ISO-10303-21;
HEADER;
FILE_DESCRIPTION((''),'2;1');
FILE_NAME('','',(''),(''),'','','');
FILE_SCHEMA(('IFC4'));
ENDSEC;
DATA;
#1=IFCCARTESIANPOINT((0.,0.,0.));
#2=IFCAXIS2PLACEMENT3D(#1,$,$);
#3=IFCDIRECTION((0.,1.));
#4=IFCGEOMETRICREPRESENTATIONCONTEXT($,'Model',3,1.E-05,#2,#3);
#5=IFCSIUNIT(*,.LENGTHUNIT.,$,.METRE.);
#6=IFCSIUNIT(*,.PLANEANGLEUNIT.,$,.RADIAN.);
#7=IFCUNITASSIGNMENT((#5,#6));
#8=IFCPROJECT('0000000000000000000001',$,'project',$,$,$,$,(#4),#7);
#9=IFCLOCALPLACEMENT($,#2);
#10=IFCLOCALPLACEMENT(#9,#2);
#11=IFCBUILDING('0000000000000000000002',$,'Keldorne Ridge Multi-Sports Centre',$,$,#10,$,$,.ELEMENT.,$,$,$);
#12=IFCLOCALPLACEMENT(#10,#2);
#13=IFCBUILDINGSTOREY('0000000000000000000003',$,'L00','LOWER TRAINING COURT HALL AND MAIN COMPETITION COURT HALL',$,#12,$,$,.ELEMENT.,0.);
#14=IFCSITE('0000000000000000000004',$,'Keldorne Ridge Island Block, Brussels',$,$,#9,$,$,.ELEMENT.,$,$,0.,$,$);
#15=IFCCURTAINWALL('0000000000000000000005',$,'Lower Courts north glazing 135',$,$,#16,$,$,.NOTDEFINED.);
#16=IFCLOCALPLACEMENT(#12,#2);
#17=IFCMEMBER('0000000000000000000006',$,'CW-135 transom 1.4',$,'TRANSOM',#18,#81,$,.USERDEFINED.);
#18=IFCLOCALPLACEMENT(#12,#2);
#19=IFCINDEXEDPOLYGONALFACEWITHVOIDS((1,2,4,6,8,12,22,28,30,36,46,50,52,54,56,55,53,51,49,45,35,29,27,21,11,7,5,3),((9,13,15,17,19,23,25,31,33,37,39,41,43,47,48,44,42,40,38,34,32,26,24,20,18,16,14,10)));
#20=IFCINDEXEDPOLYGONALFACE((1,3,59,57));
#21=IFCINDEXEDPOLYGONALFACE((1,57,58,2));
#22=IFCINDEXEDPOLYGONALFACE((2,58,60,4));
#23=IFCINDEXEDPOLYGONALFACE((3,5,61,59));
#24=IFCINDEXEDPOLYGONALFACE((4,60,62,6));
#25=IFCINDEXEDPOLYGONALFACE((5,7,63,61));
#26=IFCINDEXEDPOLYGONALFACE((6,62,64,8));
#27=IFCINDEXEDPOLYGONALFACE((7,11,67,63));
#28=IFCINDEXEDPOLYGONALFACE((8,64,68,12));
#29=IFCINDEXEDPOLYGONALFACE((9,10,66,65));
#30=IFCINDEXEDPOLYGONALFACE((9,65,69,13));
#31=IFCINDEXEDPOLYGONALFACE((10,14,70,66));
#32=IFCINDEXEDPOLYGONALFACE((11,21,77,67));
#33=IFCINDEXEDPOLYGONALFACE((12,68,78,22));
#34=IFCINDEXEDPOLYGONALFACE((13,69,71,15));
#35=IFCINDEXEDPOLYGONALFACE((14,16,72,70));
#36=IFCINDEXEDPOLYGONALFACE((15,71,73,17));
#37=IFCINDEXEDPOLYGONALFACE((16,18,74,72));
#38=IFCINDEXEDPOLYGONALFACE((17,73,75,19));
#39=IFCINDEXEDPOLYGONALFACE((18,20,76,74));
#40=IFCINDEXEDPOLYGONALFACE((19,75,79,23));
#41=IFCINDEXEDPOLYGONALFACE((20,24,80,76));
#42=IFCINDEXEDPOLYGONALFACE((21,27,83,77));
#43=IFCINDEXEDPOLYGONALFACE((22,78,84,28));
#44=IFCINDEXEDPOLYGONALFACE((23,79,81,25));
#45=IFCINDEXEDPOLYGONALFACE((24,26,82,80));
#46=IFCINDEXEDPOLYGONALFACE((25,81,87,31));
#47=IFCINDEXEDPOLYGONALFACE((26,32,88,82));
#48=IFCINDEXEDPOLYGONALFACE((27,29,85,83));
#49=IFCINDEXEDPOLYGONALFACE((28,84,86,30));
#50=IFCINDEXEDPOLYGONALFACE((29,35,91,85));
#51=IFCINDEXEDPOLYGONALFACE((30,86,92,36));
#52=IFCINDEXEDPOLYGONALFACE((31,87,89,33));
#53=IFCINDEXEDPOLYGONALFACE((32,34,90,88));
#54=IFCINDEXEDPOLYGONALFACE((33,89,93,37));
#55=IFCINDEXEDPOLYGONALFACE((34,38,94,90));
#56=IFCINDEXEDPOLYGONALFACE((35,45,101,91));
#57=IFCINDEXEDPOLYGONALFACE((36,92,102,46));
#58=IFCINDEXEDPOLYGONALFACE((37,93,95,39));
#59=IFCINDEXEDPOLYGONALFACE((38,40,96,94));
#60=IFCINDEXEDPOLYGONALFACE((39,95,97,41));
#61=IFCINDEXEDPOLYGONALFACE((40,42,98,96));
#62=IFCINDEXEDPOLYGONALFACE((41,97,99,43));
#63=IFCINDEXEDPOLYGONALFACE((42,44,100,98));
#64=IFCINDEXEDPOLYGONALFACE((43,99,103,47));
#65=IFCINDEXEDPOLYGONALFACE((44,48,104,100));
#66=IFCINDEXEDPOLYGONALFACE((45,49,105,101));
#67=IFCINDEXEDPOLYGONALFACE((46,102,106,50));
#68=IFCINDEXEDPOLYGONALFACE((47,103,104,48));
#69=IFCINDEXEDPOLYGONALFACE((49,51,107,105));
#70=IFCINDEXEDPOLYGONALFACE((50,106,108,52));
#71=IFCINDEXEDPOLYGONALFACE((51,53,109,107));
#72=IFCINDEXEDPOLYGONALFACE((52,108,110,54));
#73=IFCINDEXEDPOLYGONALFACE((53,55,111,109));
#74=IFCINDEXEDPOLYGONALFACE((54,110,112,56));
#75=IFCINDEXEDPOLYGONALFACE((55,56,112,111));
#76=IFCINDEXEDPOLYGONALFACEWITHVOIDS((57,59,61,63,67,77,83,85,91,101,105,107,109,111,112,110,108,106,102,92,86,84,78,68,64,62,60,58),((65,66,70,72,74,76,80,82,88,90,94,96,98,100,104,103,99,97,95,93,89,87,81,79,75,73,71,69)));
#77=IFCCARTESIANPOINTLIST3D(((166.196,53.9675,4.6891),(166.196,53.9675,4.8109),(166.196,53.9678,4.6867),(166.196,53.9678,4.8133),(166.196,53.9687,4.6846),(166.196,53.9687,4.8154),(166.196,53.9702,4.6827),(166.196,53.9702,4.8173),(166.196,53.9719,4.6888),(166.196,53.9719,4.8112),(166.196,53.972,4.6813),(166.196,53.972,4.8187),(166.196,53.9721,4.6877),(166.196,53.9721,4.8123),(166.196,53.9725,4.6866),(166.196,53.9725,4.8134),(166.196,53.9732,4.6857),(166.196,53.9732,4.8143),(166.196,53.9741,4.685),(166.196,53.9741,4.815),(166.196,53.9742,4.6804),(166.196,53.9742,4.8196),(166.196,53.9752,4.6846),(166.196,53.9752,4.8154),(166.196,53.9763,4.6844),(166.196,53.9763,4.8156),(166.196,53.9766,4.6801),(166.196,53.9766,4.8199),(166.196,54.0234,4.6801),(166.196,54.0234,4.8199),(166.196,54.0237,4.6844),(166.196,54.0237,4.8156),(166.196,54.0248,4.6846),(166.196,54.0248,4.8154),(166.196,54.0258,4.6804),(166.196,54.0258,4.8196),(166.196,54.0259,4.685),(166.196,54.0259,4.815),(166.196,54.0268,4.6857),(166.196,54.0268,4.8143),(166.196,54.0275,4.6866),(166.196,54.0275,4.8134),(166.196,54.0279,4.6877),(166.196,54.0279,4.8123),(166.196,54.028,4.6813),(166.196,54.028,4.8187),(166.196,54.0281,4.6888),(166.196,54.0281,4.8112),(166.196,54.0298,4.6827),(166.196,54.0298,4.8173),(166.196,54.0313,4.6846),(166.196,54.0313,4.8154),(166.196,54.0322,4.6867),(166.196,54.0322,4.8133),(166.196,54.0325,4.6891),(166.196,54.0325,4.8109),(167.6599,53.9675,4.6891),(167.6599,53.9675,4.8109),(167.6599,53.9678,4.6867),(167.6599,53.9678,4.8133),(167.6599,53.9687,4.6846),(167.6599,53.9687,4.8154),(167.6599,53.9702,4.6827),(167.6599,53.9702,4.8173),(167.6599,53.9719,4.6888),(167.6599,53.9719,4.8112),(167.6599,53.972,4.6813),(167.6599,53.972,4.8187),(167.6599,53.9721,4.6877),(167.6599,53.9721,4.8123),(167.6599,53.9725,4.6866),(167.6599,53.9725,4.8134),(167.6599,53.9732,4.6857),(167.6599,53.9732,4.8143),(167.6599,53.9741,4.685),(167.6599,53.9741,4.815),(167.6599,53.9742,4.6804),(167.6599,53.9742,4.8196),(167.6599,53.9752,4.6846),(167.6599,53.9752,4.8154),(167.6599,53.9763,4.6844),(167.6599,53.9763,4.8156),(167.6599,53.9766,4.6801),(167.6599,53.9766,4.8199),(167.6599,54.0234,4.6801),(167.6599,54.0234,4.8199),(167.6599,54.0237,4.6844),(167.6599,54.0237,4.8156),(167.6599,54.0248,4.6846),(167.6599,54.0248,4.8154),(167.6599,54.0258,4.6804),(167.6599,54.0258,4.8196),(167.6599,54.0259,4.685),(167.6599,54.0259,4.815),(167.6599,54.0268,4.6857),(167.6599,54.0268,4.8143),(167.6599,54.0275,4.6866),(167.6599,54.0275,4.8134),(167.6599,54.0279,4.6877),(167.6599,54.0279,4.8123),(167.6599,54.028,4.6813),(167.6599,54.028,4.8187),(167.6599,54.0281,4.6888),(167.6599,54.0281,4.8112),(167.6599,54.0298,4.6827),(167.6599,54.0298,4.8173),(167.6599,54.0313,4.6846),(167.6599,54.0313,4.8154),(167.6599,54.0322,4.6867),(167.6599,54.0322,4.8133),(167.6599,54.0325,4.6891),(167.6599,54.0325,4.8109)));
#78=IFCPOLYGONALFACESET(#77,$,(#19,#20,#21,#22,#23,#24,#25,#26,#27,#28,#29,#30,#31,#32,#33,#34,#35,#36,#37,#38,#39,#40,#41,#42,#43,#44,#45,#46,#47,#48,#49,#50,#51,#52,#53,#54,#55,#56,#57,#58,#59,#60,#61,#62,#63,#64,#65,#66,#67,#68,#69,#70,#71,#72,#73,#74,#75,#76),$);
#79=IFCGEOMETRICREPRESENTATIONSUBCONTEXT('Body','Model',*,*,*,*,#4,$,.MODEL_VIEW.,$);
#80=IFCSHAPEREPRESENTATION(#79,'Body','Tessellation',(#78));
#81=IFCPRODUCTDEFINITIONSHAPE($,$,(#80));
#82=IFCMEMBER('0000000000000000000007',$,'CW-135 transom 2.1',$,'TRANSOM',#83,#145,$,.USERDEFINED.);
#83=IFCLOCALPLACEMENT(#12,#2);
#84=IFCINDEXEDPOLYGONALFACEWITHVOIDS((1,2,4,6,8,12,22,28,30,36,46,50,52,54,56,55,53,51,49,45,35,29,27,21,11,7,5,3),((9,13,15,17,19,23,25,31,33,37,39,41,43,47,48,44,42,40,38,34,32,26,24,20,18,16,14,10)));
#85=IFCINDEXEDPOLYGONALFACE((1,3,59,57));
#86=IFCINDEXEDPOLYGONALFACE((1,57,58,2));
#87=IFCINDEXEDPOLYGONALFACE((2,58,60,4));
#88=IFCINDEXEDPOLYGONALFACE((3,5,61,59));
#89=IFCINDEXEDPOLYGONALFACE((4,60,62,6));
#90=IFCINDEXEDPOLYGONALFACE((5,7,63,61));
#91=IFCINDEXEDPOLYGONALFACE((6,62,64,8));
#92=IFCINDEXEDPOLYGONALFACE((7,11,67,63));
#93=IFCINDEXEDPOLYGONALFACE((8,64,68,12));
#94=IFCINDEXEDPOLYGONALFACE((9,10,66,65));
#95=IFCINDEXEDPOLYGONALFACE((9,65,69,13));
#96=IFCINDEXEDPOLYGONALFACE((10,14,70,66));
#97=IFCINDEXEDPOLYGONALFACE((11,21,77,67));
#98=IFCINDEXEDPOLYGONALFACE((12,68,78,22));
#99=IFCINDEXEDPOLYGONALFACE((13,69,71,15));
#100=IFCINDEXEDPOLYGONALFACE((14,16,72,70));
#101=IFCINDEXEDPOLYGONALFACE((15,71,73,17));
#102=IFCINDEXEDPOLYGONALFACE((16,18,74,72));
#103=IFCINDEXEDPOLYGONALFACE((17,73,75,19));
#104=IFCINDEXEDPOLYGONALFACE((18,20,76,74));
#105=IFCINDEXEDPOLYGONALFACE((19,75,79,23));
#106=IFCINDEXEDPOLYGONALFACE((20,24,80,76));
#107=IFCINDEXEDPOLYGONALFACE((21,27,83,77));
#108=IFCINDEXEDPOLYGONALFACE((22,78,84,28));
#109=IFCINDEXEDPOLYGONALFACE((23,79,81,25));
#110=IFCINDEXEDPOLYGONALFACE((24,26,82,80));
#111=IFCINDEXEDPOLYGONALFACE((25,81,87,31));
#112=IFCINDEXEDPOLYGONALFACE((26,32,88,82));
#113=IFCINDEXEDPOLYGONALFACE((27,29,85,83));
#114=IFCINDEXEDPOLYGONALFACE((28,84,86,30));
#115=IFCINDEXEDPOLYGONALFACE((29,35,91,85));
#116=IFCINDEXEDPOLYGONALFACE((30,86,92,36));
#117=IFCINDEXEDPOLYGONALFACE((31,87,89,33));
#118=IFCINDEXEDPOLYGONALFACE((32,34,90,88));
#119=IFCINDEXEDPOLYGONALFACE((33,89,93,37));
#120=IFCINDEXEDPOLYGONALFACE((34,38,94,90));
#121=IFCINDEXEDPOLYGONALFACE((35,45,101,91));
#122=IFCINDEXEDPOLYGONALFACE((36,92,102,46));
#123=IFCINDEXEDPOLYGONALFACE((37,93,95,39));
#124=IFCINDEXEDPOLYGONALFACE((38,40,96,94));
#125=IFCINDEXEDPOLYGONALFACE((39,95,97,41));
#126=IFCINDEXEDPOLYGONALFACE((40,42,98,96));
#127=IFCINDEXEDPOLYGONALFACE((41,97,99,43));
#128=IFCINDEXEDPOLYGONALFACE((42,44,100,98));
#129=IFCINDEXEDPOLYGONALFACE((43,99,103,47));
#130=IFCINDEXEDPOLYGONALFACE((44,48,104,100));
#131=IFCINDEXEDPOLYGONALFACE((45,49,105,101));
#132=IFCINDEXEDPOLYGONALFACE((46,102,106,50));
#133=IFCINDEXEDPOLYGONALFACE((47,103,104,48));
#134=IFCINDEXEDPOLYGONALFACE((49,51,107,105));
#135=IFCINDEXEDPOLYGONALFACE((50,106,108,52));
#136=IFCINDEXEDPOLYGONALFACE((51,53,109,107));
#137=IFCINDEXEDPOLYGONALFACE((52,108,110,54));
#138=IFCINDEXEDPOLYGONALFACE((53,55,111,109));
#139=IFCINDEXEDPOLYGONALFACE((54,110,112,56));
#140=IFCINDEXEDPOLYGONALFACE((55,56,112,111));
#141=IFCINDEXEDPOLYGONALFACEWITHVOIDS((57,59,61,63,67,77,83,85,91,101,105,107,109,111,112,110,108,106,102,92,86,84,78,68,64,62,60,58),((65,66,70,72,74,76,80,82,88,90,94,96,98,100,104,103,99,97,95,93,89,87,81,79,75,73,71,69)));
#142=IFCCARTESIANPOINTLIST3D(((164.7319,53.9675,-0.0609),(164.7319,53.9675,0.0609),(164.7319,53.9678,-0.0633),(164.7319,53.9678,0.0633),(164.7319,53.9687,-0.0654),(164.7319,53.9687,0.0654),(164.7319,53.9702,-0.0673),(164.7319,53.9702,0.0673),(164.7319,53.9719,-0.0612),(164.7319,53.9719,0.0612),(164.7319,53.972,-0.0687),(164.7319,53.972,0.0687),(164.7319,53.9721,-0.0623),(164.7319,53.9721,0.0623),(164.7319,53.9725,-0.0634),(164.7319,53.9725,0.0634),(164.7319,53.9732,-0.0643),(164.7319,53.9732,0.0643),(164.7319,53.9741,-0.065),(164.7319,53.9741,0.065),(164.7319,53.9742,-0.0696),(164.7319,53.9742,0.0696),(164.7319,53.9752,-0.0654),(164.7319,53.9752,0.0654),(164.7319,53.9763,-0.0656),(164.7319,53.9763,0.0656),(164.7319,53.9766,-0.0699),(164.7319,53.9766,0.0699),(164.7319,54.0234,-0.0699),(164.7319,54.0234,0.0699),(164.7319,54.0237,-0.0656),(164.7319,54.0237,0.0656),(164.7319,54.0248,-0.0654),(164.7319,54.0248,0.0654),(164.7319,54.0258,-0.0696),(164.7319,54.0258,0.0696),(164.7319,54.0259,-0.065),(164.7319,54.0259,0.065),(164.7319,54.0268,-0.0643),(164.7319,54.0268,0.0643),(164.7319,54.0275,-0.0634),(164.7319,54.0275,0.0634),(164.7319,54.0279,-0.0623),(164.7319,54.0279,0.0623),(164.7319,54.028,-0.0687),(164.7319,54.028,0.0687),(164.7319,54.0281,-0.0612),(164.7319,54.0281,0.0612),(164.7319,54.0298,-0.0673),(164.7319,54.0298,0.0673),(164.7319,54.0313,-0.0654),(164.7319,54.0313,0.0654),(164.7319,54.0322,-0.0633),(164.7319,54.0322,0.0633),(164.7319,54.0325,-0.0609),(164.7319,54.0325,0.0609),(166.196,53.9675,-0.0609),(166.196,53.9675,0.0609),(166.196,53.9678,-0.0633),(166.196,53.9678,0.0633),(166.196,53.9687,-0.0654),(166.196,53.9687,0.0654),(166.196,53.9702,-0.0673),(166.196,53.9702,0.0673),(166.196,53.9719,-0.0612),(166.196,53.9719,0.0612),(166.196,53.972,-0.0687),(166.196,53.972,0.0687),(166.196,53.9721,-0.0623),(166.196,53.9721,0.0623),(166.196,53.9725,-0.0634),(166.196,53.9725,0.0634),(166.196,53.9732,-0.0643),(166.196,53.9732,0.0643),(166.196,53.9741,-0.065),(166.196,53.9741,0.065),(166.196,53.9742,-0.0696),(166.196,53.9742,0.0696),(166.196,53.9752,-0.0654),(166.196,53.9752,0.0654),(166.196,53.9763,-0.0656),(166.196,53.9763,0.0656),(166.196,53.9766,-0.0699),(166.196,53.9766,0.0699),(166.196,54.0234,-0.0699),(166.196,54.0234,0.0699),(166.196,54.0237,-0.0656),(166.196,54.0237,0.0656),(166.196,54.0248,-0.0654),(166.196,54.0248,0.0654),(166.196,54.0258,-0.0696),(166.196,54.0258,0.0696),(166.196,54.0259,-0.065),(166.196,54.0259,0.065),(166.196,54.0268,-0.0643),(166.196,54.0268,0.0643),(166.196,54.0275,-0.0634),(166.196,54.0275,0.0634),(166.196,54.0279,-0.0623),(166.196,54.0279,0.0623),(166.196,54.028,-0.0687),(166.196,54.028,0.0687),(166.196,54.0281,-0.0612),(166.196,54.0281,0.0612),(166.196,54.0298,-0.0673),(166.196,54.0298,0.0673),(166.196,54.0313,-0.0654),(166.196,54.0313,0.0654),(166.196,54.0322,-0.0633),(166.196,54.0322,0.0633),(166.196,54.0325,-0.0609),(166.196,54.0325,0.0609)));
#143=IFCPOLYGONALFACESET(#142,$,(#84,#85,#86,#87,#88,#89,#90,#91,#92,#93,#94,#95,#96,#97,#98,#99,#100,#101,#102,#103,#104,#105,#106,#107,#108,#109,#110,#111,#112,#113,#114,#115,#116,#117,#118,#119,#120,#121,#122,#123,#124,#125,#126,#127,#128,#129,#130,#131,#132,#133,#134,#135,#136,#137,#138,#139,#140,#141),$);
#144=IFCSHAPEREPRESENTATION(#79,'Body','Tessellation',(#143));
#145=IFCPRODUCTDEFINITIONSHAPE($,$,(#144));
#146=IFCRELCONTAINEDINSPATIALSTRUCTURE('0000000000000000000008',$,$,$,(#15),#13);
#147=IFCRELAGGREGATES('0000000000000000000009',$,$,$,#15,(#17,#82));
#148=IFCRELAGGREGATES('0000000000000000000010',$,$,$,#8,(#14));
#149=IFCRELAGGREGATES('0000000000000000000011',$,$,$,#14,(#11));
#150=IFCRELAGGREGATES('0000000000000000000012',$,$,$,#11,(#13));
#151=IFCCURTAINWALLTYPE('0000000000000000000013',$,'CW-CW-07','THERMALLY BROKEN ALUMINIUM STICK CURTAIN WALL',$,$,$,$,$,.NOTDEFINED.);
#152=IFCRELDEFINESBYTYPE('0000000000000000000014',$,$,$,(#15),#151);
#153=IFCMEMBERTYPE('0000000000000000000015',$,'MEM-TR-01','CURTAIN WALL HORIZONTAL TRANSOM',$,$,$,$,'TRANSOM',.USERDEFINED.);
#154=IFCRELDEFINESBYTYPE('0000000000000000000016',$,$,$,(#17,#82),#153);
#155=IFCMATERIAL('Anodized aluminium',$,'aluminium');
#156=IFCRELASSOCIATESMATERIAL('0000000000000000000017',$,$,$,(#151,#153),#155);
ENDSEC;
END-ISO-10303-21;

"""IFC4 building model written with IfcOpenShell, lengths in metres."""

from ifc_helpers import new_model, si_unit, direction, frame, origin, origin_2d, place, context, subcontext, project, spatial, hollow_rectangle, extrude, material, material_profile, profile_set, type_object, element, aggregate, save


model = new_model("IFC4")

# Units and contexts
model_context = context("Model", 3, precision=1e-05, world=origin(), true_north=direction((0.0, 1.0)))
body_context = subcontext(model_context, "Body", "Model", "MODEL_VIEW")
ifc_project = project(units=[si_unit("LENGTHUNIT", "METRE"), si_unit("PLANEANGLEUNIT", "RADIAN")], contexts=[model_context])

# Site, building, storey
site_placement = place(None, origin())
site = spatial("IfcSite", under=ifc_project, at=site_placement, Name="Keldorne Ridge Island Block, Brussels", CompositionType="ELEMENT", RefElevation=0.0)
building_placement = place(site_placement, origin())
building = spatial("IfcBuilding", under=site, at=building_placement, Name="Keldorne Ridge Multi-Sports Centre", CompositionType="ELEMENT")
storey_placement = place(building_placement, origin())
storey = spatial("IfcBuildingStorey", under=building, at=storey_placement, Name="L00", Description="LOWER TRAINING COURT HALL AND MAIN COMPETITION COURT HALL", CompositionType="ELEMENT", Elevation=0.0)

# Curtain wall, members
ifc_material_1 = material(Name="Anodized aluminium", Category="aluminium")
curtain_wall_type = type_object("IfcCurtainWallType", Name="CW-CW-07", Description="THERMALLY BROKEN ALUMINIUM STICK CURTAIN WALL", PredefinedType="NOTDEFINED", material=ifc_material_1)
curtain_wall_placement = place(storey_placement, origin())
curtain_wall = element("IfcCurtainWall", 1, at=curtain_wall_placement, inside=storey, type_object=curtain_wall_type, Name="Lower Courts north glazing 135", PredefinedType="NOTDEFINED")
ifc_material_profile_1 = material_profile(ifc_material_1, hollow_rectangle(XDim=0.0649, YDim=0.1399, WallThickness=0.0044, InnerFilletRadius=0.0044, OuterFilletRadius=0.009, at=origin_2d()), Name="ALU TRANSOM 140x65x4.5")
ifc_profile_set_1 = profile_set([ifc_material_profile_1], Name="Anodized aluminium")
member_type_1 = type_object("IfcMemberType", Name="MEM-TR-01", Description="CURTAIN WALL HORIZONTAL TRANSOM", ElementType="TRANSOM", PredefinedType="USERDEFINED", material=ifc_profile_set_1)
member_1_placement = place(storey_placement, frame((167.6599, 54.0, 4.75), z_axis=(-1.0, 0.0, 0.0), x_axis=(0.0, -1.0, 0.0)))
member_1 = element("IfcMember", 2, at=member_1_placement, type_object=member_type_1, Name="CW-135 transom 1.4", ObjectType="TRANSOM", PredefinedType="USERDEFINED", context=body_context, shape_type="SweptSolid", body=[
    extrude(hollow_rectangle(XDim=0.0649, YDim=0.1399, WallThickness=0.0044, InnerFilletRadius=0.0044, OuterFilletRadius=0.009, at=origin_2d()), origin(), (0.0, 0.0, 1.0), 1.4639),
])
member_2_placement = place(storey_placement, frame((166.196, 54.0, 0.0), z_axis=(-1.0, 0.0, 0.0), x_axis=(0.0, -1.0, 0.0)))
member_2 = element("IfcMember", 3, at=member_2_placement, type_object=member_type_1, Name="CW-135 transom 2.1", ObjectType="TRANSOM", PredefinedType="USERDEFINED", context=body_context, shape_type="SweptSolid", body=[
    extrude(hollow_rectangle(XDim=0.0649, YDim=0.1399, WallThickness=0.0044, InnerFilletRadius=0.0044, OuterFilletRadius=0.009, at=origin_2d()), origin(), (0.0, 0.0, 1.0), 1.4641),
])
aggregate(curtain_wall, [member_1, member_2])

save(model, "model.ifc")
